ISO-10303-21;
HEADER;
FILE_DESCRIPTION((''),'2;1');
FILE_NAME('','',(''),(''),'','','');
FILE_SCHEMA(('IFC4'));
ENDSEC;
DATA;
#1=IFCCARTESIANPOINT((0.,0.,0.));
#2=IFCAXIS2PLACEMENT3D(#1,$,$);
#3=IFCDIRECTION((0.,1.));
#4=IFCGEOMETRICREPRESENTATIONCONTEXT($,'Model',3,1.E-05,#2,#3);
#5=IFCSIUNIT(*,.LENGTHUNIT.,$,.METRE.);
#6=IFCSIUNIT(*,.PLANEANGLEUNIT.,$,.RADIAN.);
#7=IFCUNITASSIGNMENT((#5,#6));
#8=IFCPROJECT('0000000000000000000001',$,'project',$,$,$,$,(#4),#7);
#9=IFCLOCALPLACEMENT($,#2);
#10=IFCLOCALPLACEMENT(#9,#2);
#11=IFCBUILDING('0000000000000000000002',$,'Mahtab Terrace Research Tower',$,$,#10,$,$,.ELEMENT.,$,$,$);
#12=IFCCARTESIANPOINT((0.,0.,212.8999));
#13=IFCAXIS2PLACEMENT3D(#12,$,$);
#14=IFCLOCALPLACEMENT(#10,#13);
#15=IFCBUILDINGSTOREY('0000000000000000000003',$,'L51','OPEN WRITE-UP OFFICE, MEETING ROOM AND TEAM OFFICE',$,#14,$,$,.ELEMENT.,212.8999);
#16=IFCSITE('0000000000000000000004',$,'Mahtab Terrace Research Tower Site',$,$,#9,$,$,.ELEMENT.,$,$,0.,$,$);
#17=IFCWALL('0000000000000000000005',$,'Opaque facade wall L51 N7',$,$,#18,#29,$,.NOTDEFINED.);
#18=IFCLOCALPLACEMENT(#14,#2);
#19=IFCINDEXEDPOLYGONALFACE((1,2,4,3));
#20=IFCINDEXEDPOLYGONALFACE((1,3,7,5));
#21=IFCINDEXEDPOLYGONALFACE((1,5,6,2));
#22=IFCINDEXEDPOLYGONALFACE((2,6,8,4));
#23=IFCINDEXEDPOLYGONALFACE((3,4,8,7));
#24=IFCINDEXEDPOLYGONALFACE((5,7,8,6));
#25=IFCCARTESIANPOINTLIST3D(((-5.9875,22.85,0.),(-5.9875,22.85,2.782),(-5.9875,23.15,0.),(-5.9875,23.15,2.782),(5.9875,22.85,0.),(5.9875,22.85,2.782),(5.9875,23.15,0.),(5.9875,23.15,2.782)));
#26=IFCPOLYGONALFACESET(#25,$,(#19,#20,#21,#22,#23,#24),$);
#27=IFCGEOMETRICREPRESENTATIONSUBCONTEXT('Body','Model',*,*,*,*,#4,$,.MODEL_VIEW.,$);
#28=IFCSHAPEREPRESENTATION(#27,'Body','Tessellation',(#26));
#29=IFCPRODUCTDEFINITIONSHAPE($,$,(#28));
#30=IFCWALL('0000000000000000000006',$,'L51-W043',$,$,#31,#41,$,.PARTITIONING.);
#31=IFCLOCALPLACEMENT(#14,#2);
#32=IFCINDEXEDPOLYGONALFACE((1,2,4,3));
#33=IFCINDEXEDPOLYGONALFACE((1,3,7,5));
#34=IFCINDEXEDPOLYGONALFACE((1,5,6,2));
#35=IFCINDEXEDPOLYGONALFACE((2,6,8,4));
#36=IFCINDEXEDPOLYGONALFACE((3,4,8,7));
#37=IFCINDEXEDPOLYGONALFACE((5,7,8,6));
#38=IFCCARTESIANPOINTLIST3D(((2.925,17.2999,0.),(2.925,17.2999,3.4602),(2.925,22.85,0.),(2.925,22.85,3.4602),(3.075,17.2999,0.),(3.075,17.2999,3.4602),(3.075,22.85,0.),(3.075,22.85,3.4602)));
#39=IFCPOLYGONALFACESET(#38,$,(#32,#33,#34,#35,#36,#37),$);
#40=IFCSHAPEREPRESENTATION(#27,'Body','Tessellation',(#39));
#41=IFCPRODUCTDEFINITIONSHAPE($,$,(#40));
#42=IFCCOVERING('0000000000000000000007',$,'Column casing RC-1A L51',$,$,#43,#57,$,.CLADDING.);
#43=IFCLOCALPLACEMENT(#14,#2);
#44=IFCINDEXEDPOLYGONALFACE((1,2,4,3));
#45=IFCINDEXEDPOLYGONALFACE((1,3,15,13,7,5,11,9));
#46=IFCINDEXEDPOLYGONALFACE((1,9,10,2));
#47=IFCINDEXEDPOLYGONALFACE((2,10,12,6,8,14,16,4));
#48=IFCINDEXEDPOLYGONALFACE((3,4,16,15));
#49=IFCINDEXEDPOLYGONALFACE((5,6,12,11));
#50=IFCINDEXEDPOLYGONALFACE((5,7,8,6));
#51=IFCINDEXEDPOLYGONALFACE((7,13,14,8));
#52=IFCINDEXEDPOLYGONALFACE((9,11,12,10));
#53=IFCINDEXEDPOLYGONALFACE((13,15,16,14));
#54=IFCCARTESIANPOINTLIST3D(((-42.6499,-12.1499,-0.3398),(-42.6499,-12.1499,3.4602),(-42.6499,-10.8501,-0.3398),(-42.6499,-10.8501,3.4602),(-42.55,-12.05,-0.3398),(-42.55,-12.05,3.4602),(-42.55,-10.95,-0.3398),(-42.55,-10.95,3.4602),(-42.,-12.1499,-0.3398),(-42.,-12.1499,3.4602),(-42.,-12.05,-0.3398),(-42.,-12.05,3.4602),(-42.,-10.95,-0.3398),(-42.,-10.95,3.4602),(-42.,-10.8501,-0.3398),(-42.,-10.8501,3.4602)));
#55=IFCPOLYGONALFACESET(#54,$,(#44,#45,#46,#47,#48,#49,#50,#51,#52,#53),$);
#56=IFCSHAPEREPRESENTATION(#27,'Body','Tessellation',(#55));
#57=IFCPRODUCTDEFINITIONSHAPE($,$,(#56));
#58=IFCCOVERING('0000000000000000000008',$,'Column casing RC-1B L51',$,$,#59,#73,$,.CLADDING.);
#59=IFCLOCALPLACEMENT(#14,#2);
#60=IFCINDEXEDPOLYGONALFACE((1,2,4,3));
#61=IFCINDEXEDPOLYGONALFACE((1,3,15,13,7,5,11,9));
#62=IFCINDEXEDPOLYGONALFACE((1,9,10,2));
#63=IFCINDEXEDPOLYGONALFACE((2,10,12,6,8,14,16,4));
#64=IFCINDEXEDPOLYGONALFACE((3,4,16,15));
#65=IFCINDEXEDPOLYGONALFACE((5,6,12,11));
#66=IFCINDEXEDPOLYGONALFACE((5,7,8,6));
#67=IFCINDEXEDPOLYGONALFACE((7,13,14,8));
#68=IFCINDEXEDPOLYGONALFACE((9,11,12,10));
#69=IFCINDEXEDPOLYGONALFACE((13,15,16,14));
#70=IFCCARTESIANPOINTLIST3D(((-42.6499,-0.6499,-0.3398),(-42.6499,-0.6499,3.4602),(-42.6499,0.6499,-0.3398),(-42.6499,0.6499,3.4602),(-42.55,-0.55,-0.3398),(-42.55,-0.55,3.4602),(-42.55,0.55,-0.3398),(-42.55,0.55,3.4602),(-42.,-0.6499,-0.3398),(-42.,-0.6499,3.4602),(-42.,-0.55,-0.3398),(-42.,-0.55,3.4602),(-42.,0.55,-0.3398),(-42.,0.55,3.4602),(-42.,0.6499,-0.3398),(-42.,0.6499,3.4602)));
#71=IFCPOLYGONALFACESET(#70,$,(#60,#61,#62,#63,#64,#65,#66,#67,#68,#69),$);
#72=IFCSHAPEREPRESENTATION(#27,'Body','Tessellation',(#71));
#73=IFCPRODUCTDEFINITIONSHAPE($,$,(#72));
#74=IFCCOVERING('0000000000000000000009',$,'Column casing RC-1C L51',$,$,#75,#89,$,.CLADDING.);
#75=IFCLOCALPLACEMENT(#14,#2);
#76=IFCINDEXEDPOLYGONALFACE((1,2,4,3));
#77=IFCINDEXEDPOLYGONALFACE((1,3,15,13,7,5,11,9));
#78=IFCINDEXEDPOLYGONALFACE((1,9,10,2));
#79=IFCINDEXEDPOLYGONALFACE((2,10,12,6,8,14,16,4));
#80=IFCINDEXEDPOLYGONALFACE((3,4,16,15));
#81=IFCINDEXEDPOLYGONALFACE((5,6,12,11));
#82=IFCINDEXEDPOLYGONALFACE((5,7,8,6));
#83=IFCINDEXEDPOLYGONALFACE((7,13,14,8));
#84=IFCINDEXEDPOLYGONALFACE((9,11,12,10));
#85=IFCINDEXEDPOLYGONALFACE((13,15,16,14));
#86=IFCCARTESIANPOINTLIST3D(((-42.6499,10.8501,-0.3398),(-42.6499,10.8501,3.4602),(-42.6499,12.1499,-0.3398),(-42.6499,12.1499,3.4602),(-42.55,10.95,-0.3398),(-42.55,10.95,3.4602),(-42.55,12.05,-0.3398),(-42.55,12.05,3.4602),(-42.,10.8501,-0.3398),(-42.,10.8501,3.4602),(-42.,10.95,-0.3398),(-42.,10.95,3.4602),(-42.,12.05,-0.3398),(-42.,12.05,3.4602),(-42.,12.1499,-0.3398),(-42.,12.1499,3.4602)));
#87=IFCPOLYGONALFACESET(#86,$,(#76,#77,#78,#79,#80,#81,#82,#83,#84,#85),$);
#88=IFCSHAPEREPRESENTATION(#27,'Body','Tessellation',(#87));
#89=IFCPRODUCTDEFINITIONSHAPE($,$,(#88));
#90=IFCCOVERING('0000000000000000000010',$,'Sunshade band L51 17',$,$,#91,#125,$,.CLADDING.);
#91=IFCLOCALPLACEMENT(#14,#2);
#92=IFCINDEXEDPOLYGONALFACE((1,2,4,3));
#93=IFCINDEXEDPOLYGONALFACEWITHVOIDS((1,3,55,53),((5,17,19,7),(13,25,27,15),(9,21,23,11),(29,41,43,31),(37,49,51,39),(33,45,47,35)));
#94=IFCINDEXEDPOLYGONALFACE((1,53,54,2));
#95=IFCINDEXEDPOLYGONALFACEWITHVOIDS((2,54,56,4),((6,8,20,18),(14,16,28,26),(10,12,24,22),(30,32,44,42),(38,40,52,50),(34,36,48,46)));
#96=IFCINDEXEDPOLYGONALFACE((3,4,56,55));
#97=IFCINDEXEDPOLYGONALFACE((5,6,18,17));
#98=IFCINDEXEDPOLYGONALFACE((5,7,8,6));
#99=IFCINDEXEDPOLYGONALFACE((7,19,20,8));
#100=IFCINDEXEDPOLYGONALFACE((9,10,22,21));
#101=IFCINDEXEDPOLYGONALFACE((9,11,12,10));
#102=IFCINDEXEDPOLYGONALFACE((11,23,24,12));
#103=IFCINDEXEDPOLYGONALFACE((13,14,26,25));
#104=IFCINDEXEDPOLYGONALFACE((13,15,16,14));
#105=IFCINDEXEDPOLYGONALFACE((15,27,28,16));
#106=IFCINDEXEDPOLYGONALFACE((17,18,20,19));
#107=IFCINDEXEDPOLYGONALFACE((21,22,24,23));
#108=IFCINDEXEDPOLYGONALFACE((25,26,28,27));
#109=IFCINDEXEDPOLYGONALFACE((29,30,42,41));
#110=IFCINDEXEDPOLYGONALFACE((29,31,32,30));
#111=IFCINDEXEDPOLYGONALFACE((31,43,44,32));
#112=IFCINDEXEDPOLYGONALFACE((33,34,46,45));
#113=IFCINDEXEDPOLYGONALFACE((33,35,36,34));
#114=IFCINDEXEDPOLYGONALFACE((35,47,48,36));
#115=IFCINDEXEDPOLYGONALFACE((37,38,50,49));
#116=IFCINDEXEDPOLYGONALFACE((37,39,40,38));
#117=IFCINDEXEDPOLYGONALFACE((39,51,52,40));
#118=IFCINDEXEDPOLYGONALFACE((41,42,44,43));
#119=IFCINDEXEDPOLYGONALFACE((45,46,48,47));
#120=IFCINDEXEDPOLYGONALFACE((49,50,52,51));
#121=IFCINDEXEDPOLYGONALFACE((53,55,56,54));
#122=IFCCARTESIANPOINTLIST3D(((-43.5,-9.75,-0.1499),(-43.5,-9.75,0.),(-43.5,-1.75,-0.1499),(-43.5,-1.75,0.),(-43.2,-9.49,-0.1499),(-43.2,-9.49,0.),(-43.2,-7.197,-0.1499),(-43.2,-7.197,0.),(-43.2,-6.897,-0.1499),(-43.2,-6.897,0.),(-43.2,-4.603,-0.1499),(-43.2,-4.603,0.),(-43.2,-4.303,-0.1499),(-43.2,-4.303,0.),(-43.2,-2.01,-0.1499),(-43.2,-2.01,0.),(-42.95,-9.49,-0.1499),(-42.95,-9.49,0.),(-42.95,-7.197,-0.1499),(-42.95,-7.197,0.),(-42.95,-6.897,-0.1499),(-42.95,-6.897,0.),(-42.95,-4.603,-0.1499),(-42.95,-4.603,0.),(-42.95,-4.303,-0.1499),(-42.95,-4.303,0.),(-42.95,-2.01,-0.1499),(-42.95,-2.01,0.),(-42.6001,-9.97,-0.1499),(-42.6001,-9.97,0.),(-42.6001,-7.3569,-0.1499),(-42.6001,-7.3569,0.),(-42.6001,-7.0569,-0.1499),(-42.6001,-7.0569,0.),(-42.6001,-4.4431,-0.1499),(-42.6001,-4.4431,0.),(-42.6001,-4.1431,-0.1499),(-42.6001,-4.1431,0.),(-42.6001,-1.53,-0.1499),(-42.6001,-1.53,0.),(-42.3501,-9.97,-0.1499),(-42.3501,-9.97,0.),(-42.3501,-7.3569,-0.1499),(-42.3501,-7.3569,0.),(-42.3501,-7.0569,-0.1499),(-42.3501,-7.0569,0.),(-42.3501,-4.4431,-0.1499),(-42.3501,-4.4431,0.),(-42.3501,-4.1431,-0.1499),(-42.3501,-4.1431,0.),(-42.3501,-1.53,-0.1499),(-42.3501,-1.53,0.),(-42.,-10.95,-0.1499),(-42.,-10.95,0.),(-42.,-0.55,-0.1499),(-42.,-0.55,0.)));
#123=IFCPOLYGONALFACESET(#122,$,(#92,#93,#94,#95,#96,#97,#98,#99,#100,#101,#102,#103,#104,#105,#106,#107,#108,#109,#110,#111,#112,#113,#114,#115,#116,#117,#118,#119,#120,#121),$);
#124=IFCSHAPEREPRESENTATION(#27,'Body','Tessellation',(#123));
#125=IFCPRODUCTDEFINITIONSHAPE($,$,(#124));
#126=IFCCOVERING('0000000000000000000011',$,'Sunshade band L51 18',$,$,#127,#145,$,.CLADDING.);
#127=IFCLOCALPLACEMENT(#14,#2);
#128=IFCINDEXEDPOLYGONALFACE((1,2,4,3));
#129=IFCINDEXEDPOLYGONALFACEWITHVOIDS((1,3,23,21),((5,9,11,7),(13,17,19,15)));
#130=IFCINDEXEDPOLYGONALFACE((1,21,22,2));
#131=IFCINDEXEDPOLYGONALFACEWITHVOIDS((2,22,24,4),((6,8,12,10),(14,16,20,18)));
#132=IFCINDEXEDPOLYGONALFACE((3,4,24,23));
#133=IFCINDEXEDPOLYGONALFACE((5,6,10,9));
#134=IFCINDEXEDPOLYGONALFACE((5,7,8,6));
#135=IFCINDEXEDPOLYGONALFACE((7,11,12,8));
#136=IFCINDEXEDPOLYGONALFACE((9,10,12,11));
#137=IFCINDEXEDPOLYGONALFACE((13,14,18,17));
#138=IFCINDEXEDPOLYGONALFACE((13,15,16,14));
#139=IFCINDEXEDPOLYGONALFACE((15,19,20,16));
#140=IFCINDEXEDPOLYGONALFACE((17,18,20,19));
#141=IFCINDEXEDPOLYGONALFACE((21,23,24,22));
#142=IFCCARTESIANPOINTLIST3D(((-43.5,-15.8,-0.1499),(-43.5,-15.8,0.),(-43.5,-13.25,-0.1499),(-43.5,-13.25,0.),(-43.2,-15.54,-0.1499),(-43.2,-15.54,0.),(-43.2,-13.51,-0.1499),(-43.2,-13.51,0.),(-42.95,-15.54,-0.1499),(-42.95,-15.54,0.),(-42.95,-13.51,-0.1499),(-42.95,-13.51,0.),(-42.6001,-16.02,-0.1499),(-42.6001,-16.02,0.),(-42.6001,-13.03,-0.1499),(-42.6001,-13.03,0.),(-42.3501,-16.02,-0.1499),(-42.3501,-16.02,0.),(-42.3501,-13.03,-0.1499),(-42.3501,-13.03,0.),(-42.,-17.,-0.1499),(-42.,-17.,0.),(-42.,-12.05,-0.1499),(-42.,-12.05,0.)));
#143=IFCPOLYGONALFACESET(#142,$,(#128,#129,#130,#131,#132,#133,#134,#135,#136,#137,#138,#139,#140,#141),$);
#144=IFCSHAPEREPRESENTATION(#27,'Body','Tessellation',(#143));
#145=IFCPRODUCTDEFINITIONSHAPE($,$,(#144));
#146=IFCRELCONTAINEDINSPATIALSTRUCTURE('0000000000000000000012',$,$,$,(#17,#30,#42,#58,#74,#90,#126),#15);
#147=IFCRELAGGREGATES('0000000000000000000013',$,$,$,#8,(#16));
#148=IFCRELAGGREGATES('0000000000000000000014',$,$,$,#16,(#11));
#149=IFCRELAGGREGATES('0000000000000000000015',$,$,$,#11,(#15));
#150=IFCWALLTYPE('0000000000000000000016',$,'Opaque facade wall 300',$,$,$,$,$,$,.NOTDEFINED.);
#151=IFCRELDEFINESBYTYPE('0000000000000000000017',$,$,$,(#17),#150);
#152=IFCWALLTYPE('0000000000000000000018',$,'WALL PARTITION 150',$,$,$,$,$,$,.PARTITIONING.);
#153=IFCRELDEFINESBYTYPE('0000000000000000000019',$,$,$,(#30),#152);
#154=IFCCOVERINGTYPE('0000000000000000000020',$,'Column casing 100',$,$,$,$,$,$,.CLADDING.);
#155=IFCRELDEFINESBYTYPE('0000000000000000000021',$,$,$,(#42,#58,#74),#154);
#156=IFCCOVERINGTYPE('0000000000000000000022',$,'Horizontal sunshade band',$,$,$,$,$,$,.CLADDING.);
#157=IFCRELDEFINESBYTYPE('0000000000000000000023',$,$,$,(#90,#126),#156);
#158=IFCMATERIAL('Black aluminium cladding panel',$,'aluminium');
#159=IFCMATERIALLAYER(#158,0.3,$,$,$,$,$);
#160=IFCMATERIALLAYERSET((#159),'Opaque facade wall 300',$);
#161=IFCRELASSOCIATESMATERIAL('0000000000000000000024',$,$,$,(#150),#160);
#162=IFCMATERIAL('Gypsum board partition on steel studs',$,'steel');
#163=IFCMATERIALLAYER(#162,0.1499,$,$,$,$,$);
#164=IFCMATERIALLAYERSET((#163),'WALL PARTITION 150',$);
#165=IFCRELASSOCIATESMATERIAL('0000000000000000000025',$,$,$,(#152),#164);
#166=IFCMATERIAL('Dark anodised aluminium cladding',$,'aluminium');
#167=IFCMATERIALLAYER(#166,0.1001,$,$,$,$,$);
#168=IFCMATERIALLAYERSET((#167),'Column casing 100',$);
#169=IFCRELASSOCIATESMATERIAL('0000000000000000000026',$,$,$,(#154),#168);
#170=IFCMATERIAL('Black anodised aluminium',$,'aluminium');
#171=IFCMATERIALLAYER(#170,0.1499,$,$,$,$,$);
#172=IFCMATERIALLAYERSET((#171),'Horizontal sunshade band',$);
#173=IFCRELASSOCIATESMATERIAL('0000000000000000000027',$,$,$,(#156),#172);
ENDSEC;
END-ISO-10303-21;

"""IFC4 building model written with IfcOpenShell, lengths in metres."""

from ifc_helpers import new_model, si_unit, direction, frame, frame_2d, origin, place, context, subcontext, project, spatial, polyline, rectangle, outline, extrude, material, layer, layer_set, type_object, element, save


model = new_model("IFC4")

# Units and contexts
model_context = context("Model", 3, precision=1e-05, world=origin(), true_north=direction((0.0, 1.0)))
body_context = subcontext(model_context, "Body", "Model", "MODEL_VIEW")
ifc_project = project(units=[si_unit("LENGTHUNIT", "METRE"), si_unit("PLANEANGLEUNIT", "RADIAN")], contexts=[model_context])

# Site, building, storey
site_placement = place(None, origin())
site = spatial("IfcSite", under=ifc_project, at=site_placement, Name="Mahtab Terrace Research Tower Site", CompositionType="ELEMENT", RefElevation=0.0)
building_placement = place(site_placement, origin())
building = spatial("IfcBuilding", under=site, at=building_placement, Name="Mahtab Terrace Research Tower", CompositionType="ELEMENT")
storey_placement = place(building_placement, frame((0.0, 0.0, 212.8999)))
storey = spatial("IfcBuildingStorey", under=building, at=storey_placement, Name="L51", Description="OPEN WRITE-UP OFFICE, MEETING ROOM AND TEAM OFFICE", CompositionType="ELEMENT", Elevation=212.8999)

# Walls
ifc_material_1 = material(Name="Black aluminium cladding panel", Category="aluminium")
ifc_layer_1 = layer(ifc_material_1, 0.3)
ifc_layer_set_1 = layer_set([ifc_layer_1], Name="Opaque facade wall 300")
wall_type_1 = type_object("IfcWallType", Name="Opaque facade wall 300", PredefinedType="NOTDEFINED", material=ifc_layer_set_1)
wall_1_placement = place(storey_placement, frame((5.9875, 23.0, 0.0), z_axis=(0.0, 0.0, 1.0), x_axis=(-1.0, 0.0, 0.0)))
element("IfcWall", 1, at=wall_1_placement, inside=storey, type_object=wall_type_1, Name="Opaque facade wall L51 N7", PredefinedType="NOTDEFINED", context=body_context, shape_type="SweptSolid", body=[
    extrude(rectangle(XDim=11.9751, YDim=0.3, at=frame_2d((5.9875, 0.0))), origin(), (0.0, 0.0, 1.0), 2.782),
])
ifc_material_2 = material(Name="Gypsum board partition on steel studs", Category="steel")
ifc_layer_2 = layer(ifc_material_2, 0.1499)
ifc_layer_set_2 = layer_set([ifc_layer_2], Name="WALL PARTITION 150")
wall_type_2 = type_object("IfcWallType", Name="WALL PARTITION 150", PredefinedType="PARTITIONING", material=ifc_layer_set_2)
wall_2_placement = place(storey_placement, frame((3.0, 17.3, 0.0), z_axis=(0.0, 0.0, 1.0), x_axis=(0.0, 1.0, 0.0)))
element("IfcWall", 2, at=wall_2_placement, inside=storey, type_object=wall_type_2, Name="L51-W043", PredefinedType="PARTITIONING", context=body_context, shape_type="SweptSolid", body=[
    extrude(rectangle(XDim=5.55, YDim=0.1499, at=frame_2d((2.7749, 0.0))), origin(), (0.0, 0.0, 1.0), 3.4602),
])

# Coverings
ifc_material_3 = material(Name="Dark anodised aluminium cladding", Category="aluminium")
ifc_layer_3 = layer(ifc_material_3, 0.1001)
ifc_layer_set_3 = layer_set([ifc_layer_3], Name="Column casing 100")
covering_type_1 = type_object("IfcCoveringType", Name="Column casing 100", PredefinedType="CLADDING", material=ifc_layer_set_3)
covering_1_placement = place(storey_placement, frame((0.0, 0.0, -0.3398)))
element("IfcCovering", 3, at=covering_1_placement, inside=storey, type_object=covering_type_1, Name="Column casing RC-1A L51", PredefinedType="CLADDING", context=body_context, shape_type="SweptSolid", body=[
    extrude(outline(polyline([(-42.6499, -10.8501), (-42.0, -10.8501), (-42.0, -10.95), (-42.55, -10.95), (-42.55, -12.05), (-42.0, -12.05), (-42.0, -12.1499), (-42.6499, -12.1499), (-42.6499, -10.8501)])), origin(), (0.0, 0.0, 1.0), 3.8),
])
covering_2_placement = place(storey_placement, frame((0.0, 0.0, -0.3398)))
element("IfcCovering", 4, at=covering_2_placement, inside=storey, type_object=covering_type_1, Name="Column casing RC-1B L51", PredefinedType="CLADDING", context=body_context, shape_type="SweptSolid", body=[
    extrude(outline(polyline([(-42.6499, 0.6499), (-42.0, 0.6499), (-42.0, 0.55), (-42.55, 0.55), (-42.55, -0.55), (-42.0, -0.55), (-42.0, -0.6499), (-42.6499, -0.6499), (-42.6499, 0.6499)])), origin(), (0.0, 0.0, 1.0), 3.8),
])
covering_3_placement = place(storey_placement, frame((0.0, 0.0, -0.3398)))
element("IfcCovering", 5, at=covering_3_placement, inside=storey, type_object=covering_type_1, Name="Column casing RC-1C L51", PredefinedType="CLADDING", context=body_context, shape_type="SweptSolid", body=[
    extrude(outline(polyline([(-42.6499, 12.1499), (-42.0, 12.1499), (-42.0, 12.05), (-42.55, 12.05), (-42.55, 10.95), (-42.0, 10.95), (-42.0, 10.8501), (-42.6499, 10.8501), (-42.6499, 12.1499)])), origin(), (0.0, 0.0, 1.0), 3.8),
])
ifc_material_4 = material(Name="Black anodised aluminium", Category="aluminium")
ifc_layer_4 = layer(ifc_material_4, 0.1499)
ifc_layer_set_4 = layer_set([ifc_layer_4], Name="Horizontal sunshade band")
covering_type_2 = type_object("IfcCoveringType", Name="Horizontal sunshade band", PredefinedType="CLADDING", material=ifc_layer_set_4)
covering_4_placement = place(storey_placement, frame((0.0, 0.0, -0.1499)))
element("IfcCovering", 6, at=covering_4_placement, inside=storey, type_object=covering_type_2, Name="Sunshade band L51 17", PredefinedType="CLADDING", context=body_context, shape_type="SweptSolid", body=[
    extrude(outline(polyline([(-42.0, -0.55), (-42.0, -10.95), (-43.5, -9.75), (-43.5, -1.75), (-42.0, -0.55)]), holes=[polyline([(-42.3501, -1.53), (-42.3501, -4.1431), (-42.6001, -4.1431), (-42.6001, -1.53), (-42.3501, -1.53)]), polyline([(-42.3501, -4.4431), (-42.3501, -7.0569), (-42.6001, -7.0569), (-42.6001, -4.4431), (-42.3501, -4.4431)]), polyline([(-42.3501, -7.3569), (-42.3501, -9.97), (-42.6001, -9.97), (-42.6001, -7.3569), (-42.3501, -7.3569)]), polyline([(-42.95, -2.01), (-42.95, -4.303), (-43.2, -4.303), (-43.2, -2.01), (-42.95, -2.01)]), polyline([(-42.95, -4.603), (-42.95, -6.897), (-43.2, -6.897), (-43.2, -4.603), (-42.95, -4.603)]), polyline([(-42.95, -7.197), (-42.95, -9.49), (-43.2, -9.49), (-43.2, -7.197), (-42.95, -7.197)])]), origin(), (0.0, 0.0, 1.0), 0.1499),
])
covering_5_placement = place(storey_placement, frame((0.0, 0.0, -0.1499)))
element("IfcCovering", 7, at=covering_5_placement, inside=storey, type_object=covering_type_2, Name="Sunshade band L51 18", PredefinedType="CLADDING", context=body_context, shape_type="SweptSolid", body=[
    extrude(outline(polyline([(-42.0, -12.05), (-42.0, -17.0), (-43.5, -15.8), (-43.5, -13.25), (-42.0, -12.05)]), holes=[polyline([(-42.3501, -13.03), (-42.3501, -16.02), (-42.6001, -16.02), (-42.6001, -13.03), (-42.3501, -13.03)]), polyline([(-42.95, -13.51), (-42.95, -15.54), (-43.2, -15.54), (-43.2, -13.51), (-42.95, -13.51)])]), origin(), (0.0, 0.0, 1.0), 0.1499),
])

save(model, "model.ifc")
